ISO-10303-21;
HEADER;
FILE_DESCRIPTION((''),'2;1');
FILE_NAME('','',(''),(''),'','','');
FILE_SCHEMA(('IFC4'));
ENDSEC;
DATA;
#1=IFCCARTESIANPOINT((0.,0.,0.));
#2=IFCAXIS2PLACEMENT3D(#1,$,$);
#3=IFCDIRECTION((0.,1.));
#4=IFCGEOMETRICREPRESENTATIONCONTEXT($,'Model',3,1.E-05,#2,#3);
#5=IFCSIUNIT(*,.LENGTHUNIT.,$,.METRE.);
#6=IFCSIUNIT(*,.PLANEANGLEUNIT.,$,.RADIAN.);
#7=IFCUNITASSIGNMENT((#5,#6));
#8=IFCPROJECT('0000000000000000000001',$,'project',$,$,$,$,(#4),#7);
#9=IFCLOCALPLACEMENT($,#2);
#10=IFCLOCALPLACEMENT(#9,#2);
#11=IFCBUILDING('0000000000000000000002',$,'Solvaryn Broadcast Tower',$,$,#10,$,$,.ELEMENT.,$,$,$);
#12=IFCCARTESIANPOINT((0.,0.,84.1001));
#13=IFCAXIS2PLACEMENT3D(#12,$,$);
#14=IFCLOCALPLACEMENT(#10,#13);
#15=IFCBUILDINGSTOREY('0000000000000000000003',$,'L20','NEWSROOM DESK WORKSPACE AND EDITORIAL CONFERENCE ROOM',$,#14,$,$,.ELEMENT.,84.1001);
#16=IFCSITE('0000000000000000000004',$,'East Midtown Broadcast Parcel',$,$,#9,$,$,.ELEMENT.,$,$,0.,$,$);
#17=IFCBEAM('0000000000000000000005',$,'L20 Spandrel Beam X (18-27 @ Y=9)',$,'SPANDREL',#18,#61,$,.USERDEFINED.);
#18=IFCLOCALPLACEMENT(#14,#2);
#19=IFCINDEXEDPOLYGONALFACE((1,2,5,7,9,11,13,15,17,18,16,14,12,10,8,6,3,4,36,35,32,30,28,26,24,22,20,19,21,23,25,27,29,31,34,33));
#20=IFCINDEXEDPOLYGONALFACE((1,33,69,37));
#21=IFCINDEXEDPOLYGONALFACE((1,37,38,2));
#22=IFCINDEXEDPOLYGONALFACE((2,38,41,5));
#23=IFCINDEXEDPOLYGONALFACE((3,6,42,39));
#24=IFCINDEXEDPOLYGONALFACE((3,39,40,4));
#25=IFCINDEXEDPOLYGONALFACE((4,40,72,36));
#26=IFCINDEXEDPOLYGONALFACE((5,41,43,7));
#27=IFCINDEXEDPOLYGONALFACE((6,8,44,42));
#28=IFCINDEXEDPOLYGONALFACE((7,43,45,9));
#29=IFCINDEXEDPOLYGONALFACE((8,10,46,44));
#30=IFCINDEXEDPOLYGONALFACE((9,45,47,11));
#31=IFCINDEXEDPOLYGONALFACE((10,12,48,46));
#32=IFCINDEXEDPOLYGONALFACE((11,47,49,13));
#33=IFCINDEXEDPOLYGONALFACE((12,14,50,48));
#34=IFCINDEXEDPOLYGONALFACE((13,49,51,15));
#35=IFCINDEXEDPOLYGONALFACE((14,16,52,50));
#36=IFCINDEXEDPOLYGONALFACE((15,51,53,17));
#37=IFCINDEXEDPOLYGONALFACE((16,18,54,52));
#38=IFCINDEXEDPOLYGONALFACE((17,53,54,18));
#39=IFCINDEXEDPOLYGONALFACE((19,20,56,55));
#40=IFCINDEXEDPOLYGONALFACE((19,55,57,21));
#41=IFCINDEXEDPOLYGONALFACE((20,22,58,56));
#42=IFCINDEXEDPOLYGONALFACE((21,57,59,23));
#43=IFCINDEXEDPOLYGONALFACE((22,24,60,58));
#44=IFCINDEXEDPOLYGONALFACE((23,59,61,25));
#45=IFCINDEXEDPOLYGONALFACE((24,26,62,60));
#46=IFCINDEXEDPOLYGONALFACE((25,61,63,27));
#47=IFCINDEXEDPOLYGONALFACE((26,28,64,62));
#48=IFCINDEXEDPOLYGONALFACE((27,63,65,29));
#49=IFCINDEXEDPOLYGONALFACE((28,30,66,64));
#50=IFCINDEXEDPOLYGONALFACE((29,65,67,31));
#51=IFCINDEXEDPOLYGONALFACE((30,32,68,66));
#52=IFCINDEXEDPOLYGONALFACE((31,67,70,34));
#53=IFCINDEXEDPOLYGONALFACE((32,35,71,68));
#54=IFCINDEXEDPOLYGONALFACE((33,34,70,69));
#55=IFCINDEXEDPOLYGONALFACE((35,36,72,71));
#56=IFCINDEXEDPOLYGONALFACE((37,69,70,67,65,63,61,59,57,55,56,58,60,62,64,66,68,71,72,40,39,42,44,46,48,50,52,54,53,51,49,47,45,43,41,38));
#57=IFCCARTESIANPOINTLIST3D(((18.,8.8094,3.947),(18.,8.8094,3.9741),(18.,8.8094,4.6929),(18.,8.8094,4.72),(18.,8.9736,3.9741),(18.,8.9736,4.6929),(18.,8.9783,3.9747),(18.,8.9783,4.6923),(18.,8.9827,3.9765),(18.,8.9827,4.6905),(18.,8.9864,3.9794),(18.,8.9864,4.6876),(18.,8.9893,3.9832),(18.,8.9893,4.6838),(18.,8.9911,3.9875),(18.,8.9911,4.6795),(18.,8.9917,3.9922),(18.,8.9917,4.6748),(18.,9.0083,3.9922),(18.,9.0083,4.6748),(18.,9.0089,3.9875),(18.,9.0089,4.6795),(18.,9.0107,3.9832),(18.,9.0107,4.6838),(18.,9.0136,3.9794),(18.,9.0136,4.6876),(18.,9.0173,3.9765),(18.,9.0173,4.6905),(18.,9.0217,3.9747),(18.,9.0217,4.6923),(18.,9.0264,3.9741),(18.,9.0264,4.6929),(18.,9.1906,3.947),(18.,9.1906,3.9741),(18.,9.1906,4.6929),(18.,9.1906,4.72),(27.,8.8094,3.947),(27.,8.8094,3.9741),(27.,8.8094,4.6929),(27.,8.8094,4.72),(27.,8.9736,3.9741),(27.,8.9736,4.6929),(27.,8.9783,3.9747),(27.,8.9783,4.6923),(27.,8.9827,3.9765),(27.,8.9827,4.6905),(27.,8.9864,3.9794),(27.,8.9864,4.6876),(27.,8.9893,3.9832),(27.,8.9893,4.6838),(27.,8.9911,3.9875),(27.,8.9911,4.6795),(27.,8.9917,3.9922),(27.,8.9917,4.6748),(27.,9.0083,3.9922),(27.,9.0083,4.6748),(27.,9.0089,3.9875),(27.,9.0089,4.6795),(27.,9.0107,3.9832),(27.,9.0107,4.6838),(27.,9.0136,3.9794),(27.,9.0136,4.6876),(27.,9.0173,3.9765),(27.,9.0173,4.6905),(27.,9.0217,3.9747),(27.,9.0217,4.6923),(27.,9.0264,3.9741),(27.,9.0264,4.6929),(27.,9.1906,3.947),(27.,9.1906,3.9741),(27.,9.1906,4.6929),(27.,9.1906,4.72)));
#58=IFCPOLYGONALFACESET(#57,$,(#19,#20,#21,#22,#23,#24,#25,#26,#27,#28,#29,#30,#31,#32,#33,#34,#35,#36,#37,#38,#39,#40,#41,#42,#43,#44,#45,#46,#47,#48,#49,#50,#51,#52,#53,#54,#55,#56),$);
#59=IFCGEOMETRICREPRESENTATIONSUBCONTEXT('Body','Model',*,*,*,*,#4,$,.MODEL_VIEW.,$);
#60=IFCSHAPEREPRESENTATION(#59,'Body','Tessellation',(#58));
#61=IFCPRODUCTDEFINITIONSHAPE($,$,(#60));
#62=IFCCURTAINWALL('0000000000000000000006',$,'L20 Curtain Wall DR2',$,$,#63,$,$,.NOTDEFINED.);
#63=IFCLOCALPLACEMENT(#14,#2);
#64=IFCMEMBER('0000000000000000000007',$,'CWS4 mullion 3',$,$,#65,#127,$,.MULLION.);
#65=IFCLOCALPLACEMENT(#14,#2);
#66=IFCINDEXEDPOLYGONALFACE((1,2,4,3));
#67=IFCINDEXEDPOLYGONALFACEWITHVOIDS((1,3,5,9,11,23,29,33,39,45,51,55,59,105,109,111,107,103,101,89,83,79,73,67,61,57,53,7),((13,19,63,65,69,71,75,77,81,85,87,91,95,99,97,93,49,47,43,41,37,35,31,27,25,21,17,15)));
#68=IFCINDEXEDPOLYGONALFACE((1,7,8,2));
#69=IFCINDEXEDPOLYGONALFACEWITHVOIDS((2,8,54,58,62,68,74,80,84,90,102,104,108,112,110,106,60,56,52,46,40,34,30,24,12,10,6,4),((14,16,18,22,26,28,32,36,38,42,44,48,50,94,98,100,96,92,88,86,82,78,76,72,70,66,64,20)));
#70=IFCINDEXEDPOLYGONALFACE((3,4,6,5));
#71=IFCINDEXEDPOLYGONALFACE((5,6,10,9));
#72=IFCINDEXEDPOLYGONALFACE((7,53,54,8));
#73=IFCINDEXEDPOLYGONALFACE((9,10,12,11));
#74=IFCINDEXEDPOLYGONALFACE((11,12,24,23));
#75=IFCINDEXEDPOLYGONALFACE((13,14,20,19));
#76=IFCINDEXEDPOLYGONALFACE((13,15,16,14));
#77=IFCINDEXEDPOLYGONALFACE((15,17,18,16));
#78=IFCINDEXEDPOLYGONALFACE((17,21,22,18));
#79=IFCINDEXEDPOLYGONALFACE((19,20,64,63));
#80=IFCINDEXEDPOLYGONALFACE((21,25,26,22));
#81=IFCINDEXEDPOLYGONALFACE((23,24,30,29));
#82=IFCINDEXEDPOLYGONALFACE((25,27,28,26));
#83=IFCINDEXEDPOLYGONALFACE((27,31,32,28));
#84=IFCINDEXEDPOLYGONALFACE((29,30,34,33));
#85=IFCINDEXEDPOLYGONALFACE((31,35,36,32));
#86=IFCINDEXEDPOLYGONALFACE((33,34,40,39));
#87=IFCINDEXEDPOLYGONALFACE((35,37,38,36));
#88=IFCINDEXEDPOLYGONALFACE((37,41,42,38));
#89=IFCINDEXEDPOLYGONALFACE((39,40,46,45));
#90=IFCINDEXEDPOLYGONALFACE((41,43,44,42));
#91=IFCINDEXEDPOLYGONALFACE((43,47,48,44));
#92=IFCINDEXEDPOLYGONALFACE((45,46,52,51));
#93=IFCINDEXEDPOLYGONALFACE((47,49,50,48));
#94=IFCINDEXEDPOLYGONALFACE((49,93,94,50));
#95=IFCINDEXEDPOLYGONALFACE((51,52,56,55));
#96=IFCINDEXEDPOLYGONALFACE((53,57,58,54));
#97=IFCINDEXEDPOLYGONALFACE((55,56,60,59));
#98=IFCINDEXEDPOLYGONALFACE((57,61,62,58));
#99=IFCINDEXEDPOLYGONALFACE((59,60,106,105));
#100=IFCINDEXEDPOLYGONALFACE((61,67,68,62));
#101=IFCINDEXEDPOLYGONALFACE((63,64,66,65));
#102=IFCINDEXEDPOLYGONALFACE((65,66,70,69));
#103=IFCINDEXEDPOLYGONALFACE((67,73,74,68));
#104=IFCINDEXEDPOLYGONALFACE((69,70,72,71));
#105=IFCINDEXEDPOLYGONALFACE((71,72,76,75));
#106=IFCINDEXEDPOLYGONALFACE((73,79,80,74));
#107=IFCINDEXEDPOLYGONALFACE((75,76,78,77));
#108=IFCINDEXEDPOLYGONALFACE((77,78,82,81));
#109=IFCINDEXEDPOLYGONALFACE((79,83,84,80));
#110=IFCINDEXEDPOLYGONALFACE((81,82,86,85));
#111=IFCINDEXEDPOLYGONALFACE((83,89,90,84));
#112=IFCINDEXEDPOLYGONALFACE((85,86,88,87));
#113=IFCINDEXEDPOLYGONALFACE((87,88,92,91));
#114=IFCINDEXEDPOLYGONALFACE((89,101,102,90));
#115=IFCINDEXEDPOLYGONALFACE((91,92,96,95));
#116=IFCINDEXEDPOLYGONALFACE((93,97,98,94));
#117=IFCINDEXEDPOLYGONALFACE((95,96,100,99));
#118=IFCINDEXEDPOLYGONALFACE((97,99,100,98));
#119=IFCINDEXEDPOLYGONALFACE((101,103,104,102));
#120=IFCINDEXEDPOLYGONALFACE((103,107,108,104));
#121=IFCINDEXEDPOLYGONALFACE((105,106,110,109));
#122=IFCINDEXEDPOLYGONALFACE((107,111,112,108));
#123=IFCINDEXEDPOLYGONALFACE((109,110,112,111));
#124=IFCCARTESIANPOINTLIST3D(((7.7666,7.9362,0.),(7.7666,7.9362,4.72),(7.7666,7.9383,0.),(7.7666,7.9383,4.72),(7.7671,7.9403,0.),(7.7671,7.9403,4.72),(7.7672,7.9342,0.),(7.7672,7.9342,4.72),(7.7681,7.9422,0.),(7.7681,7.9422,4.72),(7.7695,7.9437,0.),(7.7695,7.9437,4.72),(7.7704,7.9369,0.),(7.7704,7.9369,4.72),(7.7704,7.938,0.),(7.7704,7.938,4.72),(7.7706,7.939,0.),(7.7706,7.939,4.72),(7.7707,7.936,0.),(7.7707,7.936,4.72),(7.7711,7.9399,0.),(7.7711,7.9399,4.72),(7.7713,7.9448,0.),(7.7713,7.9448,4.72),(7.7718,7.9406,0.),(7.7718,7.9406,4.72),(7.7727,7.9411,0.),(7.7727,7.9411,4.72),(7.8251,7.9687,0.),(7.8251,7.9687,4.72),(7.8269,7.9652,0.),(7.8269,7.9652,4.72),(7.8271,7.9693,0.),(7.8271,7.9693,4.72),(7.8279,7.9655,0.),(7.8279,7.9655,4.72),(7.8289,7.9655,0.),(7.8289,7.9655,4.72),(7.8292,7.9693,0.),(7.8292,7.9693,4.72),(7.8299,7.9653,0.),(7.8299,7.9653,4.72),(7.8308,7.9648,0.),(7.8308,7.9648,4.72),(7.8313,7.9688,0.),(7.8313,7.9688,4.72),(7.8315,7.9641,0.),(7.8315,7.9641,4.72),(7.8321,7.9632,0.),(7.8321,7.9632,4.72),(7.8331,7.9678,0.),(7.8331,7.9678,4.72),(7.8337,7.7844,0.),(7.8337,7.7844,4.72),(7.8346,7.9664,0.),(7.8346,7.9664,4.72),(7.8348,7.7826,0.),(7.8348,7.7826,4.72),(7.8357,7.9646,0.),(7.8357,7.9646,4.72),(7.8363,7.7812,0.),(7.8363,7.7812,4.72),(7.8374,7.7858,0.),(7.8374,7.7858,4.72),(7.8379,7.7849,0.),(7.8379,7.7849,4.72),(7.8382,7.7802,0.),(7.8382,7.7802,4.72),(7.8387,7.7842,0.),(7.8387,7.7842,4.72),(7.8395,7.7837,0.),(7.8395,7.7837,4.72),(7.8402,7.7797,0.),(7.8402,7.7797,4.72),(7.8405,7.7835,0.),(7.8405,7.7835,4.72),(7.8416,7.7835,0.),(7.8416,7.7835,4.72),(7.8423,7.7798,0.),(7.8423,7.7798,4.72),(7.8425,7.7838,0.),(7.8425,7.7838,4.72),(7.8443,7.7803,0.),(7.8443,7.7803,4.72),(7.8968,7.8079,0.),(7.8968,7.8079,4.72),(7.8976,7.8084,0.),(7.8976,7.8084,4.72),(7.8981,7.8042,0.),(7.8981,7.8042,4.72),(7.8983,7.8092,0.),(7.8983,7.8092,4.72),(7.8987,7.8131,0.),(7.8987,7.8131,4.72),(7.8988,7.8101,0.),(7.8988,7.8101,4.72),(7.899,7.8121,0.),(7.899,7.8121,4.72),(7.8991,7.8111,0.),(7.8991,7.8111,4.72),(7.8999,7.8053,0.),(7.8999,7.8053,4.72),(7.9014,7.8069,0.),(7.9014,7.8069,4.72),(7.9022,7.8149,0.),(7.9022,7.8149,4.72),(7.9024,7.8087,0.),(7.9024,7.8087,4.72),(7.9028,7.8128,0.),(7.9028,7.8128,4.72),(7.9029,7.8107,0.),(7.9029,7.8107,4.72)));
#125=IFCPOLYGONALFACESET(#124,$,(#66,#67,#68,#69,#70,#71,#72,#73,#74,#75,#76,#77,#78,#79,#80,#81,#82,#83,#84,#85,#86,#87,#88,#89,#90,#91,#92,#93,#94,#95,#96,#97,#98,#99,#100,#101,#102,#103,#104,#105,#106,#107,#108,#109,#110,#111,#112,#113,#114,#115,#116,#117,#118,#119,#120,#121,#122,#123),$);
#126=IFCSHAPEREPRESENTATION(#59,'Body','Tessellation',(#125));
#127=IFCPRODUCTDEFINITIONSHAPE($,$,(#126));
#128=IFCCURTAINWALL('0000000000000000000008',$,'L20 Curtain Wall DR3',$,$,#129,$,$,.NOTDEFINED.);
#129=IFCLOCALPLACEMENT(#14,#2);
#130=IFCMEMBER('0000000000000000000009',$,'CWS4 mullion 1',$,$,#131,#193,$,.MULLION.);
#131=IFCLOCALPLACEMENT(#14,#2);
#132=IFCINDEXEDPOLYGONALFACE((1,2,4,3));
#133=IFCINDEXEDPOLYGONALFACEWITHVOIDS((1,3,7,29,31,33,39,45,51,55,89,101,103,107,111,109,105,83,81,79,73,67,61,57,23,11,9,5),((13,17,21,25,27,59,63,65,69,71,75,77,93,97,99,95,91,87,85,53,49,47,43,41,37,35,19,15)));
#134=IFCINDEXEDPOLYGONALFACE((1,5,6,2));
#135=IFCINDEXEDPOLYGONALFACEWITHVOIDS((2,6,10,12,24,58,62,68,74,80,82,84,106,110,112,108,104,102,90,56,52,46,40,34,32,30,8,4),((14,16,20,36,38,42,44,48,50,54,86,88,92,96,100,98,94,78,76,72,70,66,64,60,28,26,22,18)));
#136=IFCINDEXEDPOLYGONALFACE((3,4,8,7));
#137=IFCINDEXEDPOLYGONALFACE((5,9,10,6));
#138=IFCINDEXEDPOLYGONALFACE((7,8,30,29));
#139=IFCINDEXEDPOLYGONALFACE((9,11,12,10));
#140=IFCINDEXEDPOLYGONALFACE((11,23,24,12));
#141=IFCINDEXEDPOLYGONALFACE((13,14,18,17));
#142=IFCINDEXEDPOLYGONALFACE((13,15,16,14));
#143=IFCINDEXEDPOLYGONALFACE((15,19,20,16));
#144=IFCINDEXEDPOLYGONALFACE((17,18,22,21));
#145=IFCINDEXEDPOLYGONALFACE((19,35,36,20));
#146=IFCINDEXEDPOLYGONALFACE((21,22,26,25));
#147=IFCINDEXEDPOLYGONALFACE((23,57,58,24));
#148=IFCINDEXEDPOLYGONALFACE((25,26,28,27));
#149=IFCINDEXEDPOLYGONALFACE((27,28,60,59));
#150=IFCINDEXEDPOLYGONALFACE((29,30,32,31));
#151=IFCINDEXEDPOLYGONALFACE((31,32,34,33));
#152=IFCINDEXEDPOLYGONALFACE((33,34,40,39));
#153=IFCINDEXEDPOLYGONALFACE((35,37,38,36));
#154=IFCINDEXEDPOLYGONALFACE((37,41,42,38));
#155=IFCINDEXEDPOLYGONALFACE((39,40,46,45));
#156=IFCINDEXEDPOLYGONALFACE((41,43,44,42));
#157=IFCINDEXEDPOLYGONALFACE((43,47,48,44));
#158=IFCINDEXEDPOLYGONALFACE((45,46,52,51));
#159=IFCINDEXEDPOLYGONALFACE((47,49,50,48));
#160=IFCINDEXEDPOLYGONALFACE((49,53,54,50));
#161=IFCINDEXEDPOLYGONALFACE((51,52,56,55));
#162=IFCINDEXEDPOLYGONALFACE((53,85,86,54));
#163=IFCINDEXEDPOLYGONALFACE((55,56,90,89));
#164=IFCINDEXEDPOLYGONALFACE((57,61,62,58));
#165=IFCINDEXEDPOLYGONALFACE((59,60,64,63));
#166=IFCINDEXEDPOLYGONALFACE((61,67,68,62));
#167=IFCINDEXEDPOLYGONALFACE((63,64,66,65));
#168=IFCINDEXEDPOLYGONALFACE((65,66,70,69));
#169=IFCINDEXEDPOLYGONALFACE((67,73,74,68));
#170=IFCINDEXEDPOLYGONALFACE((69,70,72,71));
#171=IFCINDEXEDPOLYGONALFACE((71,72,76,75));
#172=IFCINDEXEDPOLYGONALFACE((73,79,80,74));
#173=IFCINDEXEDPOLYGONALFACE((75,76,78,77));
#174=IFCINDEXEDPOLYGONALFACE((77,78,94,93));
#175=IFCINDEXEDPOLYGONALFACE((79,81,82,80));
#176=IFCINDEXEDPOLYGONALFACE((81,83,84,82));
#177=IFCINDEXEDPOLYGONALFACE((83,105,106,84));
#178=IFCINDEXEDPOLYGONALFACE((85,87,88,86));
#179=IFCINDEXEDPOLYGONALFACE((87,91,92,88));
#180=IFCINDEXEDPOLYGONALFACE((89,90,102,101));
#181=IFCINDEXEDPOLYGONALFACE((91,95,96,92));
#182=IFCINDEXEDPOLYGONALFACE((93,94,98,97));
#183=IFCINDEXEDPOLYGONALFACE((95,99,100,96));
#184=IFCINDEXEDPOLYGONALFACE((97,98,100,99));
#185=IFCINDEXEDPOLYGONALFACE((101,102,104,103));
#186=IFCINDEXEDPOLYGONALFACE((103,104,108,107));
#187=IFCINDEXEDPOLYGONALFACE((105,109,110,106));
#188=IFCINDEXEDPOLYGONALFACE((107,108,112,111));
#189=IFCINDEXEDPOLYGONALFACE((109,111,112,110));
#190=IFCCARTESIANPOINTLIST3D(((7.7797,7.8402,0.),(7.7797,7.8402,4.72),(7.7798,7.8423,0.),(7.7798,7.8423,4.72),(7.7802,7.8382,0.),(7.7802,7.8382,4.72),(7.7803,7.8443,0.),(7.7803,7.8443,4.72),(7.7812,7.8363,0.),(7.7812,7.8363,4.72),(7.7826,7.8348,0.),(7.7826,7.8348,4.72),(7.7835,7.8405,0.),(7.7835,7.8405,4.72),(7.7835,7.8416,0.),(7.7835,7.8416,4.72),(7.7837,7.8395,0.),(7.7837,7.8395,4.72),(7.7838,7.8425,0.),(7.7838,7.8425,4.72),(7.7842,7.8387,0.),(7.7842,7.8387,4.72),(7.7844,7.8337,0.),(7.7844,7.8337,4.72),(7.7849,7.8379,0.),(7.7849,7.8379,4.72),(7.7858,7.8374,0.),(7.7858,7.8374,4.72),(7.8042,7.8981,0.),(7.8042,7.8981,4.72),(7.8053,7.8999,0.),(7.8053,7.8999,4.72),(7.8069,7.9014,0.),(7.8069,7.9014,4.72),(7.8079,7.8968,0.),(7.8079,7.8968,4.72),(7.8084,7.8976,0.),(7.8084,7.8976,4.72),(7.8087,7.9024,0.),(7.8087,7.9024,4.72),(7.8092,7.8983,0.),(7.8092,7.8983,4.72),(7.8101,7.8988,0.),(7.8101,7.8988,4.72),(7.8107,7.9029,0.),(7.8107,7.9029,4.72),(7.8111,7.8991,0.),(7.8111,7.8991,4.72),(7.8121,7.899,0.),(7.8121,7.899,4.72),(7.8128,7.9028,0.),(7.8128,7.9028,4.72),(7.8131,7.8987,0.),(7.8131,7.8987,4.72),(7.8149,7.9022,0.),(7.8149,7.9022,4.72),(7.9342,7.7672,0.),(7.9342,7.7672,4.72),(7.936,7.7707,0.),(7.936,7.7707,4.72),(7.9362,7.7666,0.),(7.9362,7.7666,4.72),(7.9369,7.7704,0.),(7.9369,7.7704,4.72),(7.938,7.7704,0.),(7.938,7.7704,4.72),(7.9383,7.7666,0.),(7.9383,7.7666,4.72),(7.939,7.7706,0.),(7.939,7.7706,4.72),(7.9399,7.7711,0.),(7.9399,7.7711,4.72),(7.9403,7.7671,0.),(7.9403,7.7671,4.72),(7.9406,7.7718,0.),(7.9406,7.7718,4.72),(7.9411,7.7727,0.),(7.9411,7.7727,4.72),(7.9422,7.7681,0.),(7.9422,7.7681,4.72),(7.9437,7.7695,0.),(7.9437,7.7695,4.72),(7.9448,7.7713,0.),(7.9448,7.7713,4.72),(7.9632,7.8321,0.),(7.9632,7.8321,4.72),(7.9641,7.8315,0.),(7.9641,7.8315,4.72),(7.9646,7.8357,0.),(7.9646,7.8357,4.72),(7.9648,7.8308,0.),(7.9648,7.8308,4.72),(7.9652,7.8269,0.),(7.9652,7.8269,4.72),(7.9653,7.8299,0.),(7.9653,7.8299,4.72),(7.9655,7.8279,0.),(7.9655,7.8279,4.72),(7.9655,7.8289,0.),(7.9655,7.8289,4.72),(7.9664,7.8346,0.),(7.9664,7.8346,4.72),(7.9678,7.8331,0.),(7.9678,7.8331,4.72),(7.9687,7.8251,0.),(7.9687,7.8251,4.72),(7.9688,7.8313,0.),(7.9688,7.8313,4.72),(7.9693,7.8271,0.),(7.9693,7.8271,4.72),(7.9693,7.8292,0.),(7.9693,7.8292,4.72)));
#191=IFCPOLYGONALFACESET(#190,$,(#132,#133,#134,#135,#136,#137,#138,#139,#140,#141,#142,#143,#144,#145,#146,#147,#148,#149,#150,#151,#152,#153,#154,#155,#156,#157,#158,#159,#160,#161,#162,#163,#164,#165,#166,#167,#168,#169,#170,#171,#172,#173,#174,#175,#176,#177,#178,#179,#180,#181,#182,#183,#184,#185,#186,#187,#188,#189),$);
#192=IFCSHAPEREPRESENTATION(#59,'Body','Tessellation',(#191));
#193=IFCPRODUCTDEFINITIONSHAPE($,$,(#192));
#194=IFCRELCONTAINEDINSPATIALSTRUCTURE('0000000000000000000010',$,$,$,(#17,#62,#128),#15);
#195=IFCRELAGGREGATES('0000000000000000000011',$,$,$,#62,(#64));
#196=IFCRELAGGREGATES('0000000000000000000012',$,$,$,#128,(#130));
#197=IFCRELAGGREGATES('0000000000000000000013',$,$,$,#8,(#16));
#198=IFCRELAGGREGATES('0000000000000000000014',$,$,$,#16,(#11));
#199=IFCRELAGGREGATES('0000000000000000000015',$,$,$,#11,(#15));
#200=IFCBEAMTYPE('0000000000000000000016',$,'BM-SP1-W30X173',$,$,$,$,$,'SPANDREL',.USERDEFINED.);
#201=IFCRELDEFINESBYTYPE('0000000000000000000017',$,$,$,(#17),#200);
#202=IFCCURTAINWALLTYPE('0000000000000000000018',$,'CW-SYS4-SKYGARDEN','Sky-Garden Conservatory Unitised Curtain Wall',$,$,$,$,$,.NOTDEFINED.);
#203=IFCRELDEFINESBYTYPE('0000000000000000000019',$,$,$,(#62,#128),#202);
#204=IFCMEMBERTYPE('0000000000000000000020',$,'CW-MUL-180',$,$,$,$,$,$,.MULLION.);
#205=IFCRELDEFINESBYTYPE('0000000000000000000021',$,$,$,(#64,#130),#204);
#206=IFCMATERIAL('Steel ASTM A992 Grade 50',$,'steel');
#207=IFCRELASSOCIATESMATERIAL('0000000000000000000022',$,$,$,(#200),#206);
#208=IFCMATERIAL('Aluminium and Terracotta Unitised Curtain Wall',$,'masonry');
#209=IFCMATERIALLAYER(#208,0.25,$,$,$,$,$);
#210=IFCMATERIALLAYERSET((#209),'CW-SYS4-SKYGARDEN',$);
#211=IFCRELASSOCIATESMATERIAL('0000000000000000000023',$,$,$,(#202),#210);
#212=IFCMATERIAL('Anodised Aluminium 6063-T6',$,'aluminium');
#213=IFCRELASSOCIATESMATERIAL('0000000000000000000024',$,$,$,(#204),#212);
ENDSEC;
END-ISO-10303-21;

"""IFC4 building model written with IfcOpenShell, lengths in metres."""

from ifc_helpers import new_model, si_unit, direction, frame, origin, origin_2d, place, context, subcontext, project, spatial, hollow_rectangle, i_section, extrude, material, layer, layer_set, material_profile, profile_set, type_object, element, aggregate, save


model = new_model("IFC4")

# Units and contexts
model_context = context("Model", 3, precision=1e-05, world=origin(), true_north=direction((0.0, 1.0)))
body_context = subcontext(model_context, "Body", "Model", "MODEL_VIEW")
ifc_project = project(units=[si_unit("LENGTHUNIT", "METRE"), si_unit("PLANEANGLEUNIT", "RADIAN")], contexts=[model_context])

# Site, building, storey
site_placement = place(None, origin())
site = spatial("IfcSite", under=ifc_project, at=site_placement, Name="East Midtown Broadcast Parcel", CompositionType="ELEMENT", RefElevation=0.0)
building_placement = place(site_placement, origin())
building = spatial("IfcBuilding", under=site, at=building_placement, Name="Solvaryn Broadcast Tower", CompositionType="ELEMENT")
storey_placement = place(building_placement, frame((0.0, 0.0, 84.1001)))
storey = spatial("IfcBuildingStorey", under=building, at=storey_placement, Name="L20", Description="NEWSROOM DESK WORKSPACE AND EDITORIAL CONFERENCE ROOM", CompositionType="ELEMENT", Elevation=84.1001)

# Beam
ifc_material_1 = material(Name="Steel ASTM A992 Grade 50", Category="steel")
ifc_material_profile_1 = material_profile(ifc_material_1, i_section(OverallWidth=0.3811, OverallDepth=0.7729, WebThickness=0.0166, FlangeThickness=0.0271, FilletRadius=0.0181, at=origin_2d()))
ifc_profile_set_1 = profile_set([ifc_material_profile_1], Name="Steel ASTM A992 Grade 50")
beam_type_1 = type_object("IfcBeamType", Name="BM-SP1-W30X173", ElementType="SPANDREL", PredefinedType="USERDEFINED", material=ifc_profile_set_1)
beam_1_placement = place(storey_placement, frame((18.0, 9.0, 4.3335), z_axis=(1.0, 0.0, 0.0), x_axis=(0.0, 1.0, 0.0)))
element("IfcBeam", 1, at=beam_1_placement, inside=storey, type_object=beam_type_1, Name="L20 Spandrel Beam X (18-27 @ Y=9)", ObjectType="SPANDREL", PredefinedType="USERDEFINED", context=body_context, shape_type="SweptSolid", body=[
    extrude(i_section(OverallWidth=0.3811, OverallDepth=0.7729, WebThickness=0.0166, FlangeThickness=0.0271, FilletRadius=0.0181, at=origin_2d()), origin(), (0.0, 0.0, 1.0), 9.0),
])

# Curtain wall, member
ifc_material_2 = material(Name="Aluminium and Terracotta Unitised Curtain Wall", Category="masonry")
ifc_layer_1 = layer(ifc_material_2, 0.25)
ifc_layer_set_1 = layer_set([ifc_layer_1], Name="CW-SYS4-SKYGARDEN")
curtain_wall_type = type_object("IfcCurtainWallType", Name="CW-SYS4-SKYGARDEN", Description="Sky-Garden Conservatory Unitised Curtain Wall", PredefinedType="NOTDEFINED", material=ifc_layer_set_1)
curtain_wall_1_placement = place(storey_placement, origin())
curtain_wall_1 = element("IfcCurtainWall", 2, at=curtain_wall_1_placement, inside=storey, type_object=curtain_wall_type, Name="L20 Curtain Wall DR2", PredefinedType="NOTDEFINED")
ifc_material_3 = material(Name="Anodised Aluminium 6063-T6", Category="aluminium")
ifc_material_profile_2 = material_profile(ifc_material_3, hollow_rectangle(XDim=0.075, YDim=0.1799, WallThickness=0.0039, InnerFilletRadius=0.0039, OuterFilletRadius=0.0081, at=origin_2d()))
ifc_profile_set_2 = profile_set([ifc_material_profile_2], Name="Anodised Aluminium 6063-T6")
member_type_1 = type_object("IfcMemberType", Name="CW-MUL-180", PredefinedType="MULLION", material=ifc_profile_set_2)
member_1_placement = place(storey_placement, frame((7.8347, 7.8745, 0.0), z_axis=(0.0, 0.0, 1.0), x_axis=(0.913918, 0.405898, 0.0)))
member_1 = element("IfcMember", 3, at=member_1_placement, type_object=member_type_1, Name="CWS4 mullion 3", PredefinedType="MULLION", context=body_context, shape_type="SweptSolid", body=[
    extrude(hollow_rectangle(XDim=0.075, YDim=0.1799, WallThickness=0.0039, InnerFilletRadius=0.0039, OuterFilletRadius=0.0081, at=origin_2d()), origin(), (0.0, 0.0, 1.0), 4.72),
])
aggregate(curtain_wall_1, [member_1])

# Curtain wall, member
curtain_wall_2_placement = place(storey_placement, origin())
curtain_wall_2 = element("IfcCurtainWall", 4, at=curtain_wall_2_placement, inside=storey, type_object=curtain_wall_type, Name="L20 Curtain Wall DR3", PredefinedType="NOTDEFINED")
member_2_placement = place(storey_placement, frame((7.8745, 7.8347, 0.0), z_axis=(0.0, 0.0, 1.0), x_axis=(0.405898, 0.913918, 0.0)))
member_2 = element("IfcMember", 5, at=member_2_placement, type_object=member_type_1, Name="CWS4 mullion 1", PredefinedType="MULLION", context=body_context, shape_type="SweptSolid", body=[
    extrude(hollow_rectangle(XDim=0.075, YDim=0.1799, WallThickness=0.0039, InnerFilletRadius=0.0039, OuterFilletRadius=0.0081, at=origin_2d()), origin(), (0.0, 0.0, 1.0), 4.72),
])
aggregate(curtain_wall_2, [member_2])

save(model, "model.ifc")
